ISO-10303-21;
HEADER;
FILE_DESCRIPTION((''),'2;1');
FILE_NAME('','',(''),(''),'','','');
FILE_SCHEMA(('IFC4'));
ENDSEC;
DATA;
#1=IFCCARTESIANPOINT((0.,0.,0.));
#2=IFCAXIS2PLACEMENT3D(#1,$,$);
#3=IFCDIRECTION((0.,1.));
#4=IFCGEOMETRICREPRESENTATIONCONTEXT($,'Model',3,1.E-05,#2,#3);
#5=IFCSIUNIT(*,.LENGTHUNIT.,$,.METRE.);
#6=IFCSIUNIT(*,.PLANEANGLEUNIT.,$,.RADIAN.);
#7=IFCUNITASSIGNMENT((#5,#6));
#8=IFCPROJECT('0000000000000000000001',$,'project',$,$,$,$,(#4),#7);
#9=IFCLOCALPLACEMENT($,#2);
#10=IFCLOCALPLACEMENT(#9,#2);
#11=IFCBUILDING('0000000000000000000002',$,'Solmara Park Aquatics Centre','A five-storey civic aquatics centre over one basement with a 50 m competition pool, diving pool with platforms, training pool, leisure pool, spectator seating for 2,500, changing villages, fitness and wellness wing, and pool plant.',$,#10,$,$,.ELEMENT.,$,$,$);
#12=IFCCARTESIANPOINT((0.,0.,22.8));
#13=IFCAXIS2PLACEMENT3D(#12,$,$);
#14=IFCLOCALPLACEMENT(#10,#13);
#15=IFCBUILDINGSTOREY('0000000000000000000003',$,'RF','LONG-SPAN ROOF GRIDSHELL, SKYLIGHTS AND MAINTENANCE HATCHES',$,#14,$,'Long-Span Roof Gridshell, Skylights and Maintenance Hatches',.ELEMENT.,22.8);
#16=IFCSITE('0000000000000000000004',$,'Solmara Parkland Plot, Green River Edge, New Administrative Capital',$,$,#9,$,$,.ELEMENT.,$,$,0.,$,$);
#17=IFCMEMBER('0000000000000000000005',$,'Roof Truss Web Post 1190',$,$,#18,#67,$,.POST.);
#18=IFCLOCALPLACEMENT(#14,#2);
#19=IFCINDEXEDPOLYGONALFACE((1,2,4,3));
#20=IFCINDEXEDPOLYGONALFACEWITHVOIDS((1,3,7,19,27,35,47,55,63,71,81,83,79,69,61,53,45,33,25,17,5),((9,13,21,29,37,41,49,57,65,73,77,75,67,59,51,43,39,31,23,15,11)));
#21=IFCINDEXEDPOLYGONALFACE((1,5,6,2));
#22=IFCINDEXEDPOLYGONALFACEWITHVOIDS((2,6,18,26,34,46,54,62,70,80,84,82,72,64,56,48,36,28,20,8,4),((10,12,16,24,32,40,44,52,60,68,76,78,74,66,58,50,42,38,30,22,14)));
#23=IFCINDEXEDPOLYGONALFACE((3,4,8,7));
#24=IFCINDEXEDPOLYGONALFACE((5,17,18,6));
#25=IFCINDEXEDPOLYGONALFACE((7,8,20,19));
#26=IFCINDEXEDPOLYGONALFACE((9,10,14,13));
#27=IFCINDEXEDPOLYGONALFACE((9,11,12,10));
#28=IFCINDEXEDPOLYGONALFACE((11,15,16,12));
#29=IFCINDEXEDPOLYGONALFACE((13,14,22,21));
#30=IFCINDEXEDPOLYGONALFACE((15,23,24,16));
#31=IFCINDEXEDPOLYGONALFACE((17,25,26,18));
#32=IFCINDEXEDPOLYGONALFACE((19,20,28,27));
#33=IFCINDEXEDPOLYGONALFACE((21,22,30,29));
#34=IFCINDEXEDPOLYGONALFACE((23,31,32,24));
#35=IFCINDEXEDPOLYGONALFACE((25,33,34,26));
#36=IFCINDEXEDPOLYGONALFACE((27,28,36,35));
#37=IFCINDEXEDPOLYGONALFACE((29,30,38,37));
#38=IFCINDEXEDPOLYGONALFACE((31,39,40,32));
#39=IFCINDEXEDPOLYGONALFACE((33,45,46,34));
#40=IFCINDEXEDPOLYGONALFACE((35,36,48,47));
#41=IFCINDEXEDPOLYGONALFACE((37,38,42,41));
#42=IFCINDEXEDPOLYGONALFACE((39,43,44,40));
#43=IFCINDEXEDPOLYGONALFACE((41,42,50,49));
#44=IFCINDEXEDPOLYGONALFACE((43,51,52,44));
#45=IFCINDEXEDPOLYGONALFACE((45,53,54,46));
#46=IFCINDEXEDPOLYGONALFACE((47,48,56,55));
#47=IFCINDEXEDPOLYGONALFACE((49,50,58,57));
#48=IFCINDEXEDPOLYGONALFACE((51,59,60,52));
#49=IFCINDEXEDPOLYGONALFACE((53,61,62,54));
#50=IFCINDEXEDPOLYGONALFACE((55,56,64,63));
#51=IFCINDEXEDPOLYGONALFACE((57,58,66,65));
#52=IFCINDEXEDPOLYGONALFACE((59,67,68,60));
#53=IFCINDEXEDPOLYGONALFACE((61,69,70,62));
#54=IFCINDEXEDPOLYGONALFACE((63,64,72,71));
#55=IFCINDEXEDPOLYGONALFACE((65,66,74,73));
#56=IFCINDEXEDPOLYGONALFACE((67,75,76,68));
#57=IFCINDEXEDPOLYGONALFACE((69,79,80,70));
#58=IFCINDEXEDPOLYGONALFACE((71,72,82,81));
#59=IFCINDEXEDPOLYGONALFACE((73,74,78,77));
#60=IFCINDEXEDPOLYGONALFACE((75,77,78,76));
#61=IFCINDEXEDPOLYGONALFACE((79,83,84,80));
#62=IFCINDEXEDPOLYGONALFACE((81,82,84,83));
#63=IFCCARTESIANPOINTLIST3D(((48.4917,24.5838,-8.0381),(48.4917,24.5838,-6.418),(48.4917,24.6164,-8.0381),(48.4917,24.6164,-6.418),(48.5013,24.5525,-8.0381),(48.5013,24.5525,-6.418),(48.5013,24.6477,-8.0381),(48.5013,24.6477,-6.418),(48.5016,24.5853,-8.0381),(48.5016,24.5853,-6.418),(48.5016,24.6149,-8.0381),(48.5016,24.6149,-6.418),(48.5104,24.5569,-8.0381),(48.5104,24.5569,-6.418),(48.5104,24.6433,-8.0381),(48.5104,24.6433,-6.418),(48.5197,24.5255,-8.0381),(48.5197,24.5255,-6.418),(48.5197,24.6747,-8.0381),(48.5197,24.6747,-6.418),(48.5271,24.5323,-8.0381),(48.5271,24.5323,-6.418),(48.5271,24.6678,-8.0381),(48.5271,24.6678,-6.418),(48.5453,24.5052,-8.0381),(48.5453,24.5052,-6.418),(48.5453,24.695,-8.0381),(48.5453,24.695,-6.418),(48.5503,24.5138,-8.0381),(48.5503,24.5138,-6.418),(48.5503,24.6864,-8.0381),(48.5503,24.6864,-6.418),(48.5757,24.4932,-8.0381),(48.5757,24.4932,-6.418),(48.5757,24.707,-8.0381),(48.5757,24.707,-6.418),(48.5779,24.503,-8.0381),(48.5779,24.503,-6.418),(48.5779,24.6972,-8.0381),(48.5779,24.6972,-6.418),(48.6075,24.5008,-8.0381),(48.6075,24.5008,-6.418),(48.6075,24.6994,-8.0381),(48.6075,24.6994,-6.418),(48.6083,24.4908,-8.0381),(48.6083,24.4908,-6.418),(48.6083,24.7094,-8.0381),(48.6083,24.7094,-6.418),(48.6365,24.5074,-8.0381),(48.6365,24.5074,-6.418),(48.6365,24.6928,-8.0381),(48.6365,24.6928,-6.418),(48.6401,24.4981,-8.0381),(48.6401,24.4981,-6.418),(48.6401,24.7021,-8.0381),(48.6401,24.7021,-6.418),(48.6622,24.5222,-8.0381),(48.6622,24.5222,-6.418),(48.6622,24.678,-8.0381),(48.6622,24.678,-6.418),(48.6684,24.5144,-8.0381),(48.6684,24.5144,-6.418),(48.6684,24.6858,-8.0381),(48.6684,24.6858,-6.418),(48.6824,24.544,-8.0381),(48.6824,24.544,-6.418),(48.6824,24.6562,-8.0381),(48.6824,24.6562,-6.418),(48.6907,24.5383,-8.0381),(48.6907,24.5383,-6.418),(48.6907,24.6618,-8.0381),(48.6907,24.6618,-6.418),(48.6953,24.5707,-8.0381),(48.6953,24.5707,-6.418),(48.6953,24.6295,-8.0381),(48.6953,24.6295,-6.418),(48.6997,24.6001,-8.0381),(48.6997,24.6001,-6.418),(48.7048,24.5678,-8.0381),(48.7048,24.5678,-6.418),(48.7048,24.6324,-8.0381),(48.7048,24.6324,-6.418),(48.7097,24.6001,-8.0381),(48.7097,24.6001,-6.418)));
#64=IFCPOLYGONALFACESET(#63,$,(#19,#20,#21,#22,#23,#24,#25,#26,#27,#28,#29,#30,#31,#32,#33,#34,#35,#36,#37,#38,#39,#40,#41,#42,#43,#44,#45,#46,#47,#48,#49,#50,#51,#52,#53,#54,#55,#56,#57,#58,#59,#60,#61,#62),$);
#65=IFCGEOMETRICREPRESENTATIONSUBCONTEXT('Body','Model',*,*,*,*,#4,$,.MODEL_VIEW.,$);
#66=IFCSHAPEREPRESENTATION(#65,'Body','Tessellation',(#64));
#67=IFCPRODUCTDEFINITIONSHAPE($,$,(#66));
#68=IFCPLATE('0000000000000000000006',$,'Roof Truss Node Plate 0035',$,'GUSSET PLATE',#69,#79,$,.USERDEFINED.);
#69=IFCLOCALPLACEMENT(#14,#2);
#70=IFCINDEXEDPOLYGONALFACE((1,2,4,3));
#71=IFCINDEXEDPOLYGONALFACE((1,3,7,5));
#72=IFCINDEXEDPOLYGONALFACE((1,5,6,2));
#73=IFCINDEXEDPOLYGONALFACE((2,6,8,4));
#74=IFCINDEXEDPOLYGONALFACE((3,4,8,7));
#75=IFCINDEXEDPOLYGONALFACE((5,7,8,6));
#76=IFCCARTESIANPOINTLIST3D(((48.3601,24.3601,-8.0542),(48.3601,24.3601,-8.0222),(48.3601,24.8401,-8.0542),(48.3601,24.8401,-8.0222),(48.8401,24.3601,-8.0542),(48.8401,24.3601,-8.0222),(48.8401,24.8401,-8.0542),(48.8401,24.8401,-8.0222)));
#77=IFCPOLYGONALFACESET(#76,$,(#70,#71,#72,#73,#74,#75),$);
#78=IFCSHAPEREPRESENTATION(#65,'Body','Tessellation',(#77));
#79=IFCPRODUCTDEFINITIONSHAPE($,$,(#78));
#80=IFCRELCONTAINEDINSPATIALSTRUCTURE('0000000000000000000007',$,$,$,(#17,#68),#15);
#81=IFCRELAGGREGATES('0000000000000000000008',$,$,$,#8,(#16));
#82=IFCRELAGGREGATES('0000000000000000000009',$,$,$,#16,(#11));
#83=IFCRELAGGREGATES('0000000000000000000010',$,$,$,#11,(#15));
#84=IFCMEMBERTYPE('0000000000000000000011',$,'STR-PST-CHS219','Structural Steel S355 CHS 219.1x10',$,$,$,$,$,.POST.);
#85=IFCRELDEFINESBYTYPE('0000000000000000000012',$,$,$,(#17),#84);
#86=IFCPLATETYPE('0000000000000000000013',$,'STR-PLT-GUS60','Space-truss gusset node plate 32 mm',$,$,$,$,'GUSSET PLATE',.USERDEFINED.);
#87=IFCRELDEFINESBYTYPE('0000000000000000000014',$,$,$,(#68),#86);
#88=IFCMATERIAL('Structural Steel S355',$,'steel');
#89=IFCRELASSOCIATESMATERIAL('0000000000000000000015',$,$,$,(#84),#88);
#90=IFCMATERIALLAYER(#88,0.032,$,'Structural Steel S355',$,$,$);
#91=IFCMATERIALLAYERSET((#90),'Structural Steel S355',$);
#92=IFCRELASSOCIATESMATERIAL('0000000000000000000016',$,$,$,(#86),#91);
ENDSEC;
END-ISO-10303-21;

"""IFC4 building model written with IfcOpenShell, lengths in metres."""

from ifc_helpers import new_model, si_unit, direction, frame, origin, origin_2d, place, context, subcontext, project, spatial, rectangle, hollow_circle, extrude, material, layer, layer_set, material_profile, profile_set, type_object, element, save


model = new_model("IFC4")

# Units and contexts
model_context = context("Model", 3, precision=1e-05, world=origin(), true_north=direction((0.0, 1.0)))
body_context = subcontext(model_context, "Body", "Model", "MODEL_VIEW")
ifc_project = project(units=[si_unit("LENGTHUNIT", "METRE"), si_unit("PLANEANGLEUNIT", "RADIAN")], contexts=[model_context])

# Site, building, storey
site_placement = place(None, origin())
site = spatial("IfcSite", under=ifc_project, at=site_placement, Name="Solmara Parkland Plot, Green River Edge, New Administrative Capital", CompositionType="ELEMENT", RefElevation=0.0)
building_placement = place(site_placement, origin())
building = spatial("IfcBuilding", under=site, at=building_placement, Name="Solmara Park Aquatics Centre", Description="A five-storey civic aquatics centre over one basement with a 50 m competition pool, diving pool with platforms, training pool, leisure pool, spectator seating for 2,500, changing villages, fitness and wellness wing, and pool plant.", CompositionType="ELEMENT")
storey_placement = place(building_placement, frame((0.0, 0.0, 22.8)))
storey = spatial("IfcBuildingStorey", under=building, at=storey_placement, Name="RF", Description="LONG-SPAN ROOF GRIDSHELL, SKYLIGHTS AND MAINTENANCE HATCHES", LongName="Long-Span Roof Gridshell, Skylights and Maintenance Hatches", CompositionType="ELEMENT", Elevation=22.8)

# Member
ifc_material_1 = material(Name="Structural Steel S355", Category="steel")
ifc_material_profile_1 = material_profile(ifc_material_1, hollow_circle(Radius=0.1096, WallThickness=0.01, at=origin_2d()), Name="CHS 219.1x10")
ifc_profile_set_1 = profile_set([ifc_material_profile_1], Name="Structural Steel S355")
member_type_1 = type_object("IfcMemberType", Name="STR-PST-CHS219", Description="Structural Steel S355 CHS 219.1x10", PredefinedType="POST", material=ifc_profile_set_1)
for number, where, z_axis, x_axis, name in (
    (1, (48.6001, 24.6001, -8.0381), (0.0, 0.0, 1.0), (1.0, 0.0, 0.0), "Roof Truss Web Post 1190"),
):
    element("IfcMember", number, at=place(storey_placement, frame(where, z_axis=z_axis, x_axis=x_axis)), inside=storey, type_object=member_type_1, Name=name, PredefinedType="POST", context=body_context, shape_type="SweptSolid", body=[
        extrude(hollow_circle(Radius=0.1096, WallThickness=0.01, at=origin_2d()), origin(), (0.0, 0.0, 1.0), 1.6201),
    ])

# Plate
ifc_layer = layer(ifc_material_1, 0.032, Name="Structural Steel S355")
ifc_layer_set = layer_set([ifc_layer], Name="Structural Steel S355")
plate_type = type_object("IfcPlateType", Name="STR-PLT-GUS60", Description="Space-truss gusset node plate 32 mm", ElementType="GUSSET PLATE", PredefinedType="USERDEFINED", material=ifc_layer_set)
plate_placement = place(storey_placement, frame((48.6001, 24.6001, -8.0542), z_axis=(0.0, 0.0, 1.0), x_axis=(1.0, 0.0, 0.0)))
element("IfcPlate", 2, at=plate_placement, inside=storey, type_object=plate_type, Name="Roof Truss Node Plate 0035", ObjectType="GUSSET PLATE", PredefinedType="USERDEFINED", context=body_context, shape_type="SweptSolid", body=[
    extrude(rectangle(XDim=0.48, YDim=0.48, at=origin_2d()), origin(), (0.0, 0.0, 1.0), 0.032),
])

save(model, "model.ifc")
